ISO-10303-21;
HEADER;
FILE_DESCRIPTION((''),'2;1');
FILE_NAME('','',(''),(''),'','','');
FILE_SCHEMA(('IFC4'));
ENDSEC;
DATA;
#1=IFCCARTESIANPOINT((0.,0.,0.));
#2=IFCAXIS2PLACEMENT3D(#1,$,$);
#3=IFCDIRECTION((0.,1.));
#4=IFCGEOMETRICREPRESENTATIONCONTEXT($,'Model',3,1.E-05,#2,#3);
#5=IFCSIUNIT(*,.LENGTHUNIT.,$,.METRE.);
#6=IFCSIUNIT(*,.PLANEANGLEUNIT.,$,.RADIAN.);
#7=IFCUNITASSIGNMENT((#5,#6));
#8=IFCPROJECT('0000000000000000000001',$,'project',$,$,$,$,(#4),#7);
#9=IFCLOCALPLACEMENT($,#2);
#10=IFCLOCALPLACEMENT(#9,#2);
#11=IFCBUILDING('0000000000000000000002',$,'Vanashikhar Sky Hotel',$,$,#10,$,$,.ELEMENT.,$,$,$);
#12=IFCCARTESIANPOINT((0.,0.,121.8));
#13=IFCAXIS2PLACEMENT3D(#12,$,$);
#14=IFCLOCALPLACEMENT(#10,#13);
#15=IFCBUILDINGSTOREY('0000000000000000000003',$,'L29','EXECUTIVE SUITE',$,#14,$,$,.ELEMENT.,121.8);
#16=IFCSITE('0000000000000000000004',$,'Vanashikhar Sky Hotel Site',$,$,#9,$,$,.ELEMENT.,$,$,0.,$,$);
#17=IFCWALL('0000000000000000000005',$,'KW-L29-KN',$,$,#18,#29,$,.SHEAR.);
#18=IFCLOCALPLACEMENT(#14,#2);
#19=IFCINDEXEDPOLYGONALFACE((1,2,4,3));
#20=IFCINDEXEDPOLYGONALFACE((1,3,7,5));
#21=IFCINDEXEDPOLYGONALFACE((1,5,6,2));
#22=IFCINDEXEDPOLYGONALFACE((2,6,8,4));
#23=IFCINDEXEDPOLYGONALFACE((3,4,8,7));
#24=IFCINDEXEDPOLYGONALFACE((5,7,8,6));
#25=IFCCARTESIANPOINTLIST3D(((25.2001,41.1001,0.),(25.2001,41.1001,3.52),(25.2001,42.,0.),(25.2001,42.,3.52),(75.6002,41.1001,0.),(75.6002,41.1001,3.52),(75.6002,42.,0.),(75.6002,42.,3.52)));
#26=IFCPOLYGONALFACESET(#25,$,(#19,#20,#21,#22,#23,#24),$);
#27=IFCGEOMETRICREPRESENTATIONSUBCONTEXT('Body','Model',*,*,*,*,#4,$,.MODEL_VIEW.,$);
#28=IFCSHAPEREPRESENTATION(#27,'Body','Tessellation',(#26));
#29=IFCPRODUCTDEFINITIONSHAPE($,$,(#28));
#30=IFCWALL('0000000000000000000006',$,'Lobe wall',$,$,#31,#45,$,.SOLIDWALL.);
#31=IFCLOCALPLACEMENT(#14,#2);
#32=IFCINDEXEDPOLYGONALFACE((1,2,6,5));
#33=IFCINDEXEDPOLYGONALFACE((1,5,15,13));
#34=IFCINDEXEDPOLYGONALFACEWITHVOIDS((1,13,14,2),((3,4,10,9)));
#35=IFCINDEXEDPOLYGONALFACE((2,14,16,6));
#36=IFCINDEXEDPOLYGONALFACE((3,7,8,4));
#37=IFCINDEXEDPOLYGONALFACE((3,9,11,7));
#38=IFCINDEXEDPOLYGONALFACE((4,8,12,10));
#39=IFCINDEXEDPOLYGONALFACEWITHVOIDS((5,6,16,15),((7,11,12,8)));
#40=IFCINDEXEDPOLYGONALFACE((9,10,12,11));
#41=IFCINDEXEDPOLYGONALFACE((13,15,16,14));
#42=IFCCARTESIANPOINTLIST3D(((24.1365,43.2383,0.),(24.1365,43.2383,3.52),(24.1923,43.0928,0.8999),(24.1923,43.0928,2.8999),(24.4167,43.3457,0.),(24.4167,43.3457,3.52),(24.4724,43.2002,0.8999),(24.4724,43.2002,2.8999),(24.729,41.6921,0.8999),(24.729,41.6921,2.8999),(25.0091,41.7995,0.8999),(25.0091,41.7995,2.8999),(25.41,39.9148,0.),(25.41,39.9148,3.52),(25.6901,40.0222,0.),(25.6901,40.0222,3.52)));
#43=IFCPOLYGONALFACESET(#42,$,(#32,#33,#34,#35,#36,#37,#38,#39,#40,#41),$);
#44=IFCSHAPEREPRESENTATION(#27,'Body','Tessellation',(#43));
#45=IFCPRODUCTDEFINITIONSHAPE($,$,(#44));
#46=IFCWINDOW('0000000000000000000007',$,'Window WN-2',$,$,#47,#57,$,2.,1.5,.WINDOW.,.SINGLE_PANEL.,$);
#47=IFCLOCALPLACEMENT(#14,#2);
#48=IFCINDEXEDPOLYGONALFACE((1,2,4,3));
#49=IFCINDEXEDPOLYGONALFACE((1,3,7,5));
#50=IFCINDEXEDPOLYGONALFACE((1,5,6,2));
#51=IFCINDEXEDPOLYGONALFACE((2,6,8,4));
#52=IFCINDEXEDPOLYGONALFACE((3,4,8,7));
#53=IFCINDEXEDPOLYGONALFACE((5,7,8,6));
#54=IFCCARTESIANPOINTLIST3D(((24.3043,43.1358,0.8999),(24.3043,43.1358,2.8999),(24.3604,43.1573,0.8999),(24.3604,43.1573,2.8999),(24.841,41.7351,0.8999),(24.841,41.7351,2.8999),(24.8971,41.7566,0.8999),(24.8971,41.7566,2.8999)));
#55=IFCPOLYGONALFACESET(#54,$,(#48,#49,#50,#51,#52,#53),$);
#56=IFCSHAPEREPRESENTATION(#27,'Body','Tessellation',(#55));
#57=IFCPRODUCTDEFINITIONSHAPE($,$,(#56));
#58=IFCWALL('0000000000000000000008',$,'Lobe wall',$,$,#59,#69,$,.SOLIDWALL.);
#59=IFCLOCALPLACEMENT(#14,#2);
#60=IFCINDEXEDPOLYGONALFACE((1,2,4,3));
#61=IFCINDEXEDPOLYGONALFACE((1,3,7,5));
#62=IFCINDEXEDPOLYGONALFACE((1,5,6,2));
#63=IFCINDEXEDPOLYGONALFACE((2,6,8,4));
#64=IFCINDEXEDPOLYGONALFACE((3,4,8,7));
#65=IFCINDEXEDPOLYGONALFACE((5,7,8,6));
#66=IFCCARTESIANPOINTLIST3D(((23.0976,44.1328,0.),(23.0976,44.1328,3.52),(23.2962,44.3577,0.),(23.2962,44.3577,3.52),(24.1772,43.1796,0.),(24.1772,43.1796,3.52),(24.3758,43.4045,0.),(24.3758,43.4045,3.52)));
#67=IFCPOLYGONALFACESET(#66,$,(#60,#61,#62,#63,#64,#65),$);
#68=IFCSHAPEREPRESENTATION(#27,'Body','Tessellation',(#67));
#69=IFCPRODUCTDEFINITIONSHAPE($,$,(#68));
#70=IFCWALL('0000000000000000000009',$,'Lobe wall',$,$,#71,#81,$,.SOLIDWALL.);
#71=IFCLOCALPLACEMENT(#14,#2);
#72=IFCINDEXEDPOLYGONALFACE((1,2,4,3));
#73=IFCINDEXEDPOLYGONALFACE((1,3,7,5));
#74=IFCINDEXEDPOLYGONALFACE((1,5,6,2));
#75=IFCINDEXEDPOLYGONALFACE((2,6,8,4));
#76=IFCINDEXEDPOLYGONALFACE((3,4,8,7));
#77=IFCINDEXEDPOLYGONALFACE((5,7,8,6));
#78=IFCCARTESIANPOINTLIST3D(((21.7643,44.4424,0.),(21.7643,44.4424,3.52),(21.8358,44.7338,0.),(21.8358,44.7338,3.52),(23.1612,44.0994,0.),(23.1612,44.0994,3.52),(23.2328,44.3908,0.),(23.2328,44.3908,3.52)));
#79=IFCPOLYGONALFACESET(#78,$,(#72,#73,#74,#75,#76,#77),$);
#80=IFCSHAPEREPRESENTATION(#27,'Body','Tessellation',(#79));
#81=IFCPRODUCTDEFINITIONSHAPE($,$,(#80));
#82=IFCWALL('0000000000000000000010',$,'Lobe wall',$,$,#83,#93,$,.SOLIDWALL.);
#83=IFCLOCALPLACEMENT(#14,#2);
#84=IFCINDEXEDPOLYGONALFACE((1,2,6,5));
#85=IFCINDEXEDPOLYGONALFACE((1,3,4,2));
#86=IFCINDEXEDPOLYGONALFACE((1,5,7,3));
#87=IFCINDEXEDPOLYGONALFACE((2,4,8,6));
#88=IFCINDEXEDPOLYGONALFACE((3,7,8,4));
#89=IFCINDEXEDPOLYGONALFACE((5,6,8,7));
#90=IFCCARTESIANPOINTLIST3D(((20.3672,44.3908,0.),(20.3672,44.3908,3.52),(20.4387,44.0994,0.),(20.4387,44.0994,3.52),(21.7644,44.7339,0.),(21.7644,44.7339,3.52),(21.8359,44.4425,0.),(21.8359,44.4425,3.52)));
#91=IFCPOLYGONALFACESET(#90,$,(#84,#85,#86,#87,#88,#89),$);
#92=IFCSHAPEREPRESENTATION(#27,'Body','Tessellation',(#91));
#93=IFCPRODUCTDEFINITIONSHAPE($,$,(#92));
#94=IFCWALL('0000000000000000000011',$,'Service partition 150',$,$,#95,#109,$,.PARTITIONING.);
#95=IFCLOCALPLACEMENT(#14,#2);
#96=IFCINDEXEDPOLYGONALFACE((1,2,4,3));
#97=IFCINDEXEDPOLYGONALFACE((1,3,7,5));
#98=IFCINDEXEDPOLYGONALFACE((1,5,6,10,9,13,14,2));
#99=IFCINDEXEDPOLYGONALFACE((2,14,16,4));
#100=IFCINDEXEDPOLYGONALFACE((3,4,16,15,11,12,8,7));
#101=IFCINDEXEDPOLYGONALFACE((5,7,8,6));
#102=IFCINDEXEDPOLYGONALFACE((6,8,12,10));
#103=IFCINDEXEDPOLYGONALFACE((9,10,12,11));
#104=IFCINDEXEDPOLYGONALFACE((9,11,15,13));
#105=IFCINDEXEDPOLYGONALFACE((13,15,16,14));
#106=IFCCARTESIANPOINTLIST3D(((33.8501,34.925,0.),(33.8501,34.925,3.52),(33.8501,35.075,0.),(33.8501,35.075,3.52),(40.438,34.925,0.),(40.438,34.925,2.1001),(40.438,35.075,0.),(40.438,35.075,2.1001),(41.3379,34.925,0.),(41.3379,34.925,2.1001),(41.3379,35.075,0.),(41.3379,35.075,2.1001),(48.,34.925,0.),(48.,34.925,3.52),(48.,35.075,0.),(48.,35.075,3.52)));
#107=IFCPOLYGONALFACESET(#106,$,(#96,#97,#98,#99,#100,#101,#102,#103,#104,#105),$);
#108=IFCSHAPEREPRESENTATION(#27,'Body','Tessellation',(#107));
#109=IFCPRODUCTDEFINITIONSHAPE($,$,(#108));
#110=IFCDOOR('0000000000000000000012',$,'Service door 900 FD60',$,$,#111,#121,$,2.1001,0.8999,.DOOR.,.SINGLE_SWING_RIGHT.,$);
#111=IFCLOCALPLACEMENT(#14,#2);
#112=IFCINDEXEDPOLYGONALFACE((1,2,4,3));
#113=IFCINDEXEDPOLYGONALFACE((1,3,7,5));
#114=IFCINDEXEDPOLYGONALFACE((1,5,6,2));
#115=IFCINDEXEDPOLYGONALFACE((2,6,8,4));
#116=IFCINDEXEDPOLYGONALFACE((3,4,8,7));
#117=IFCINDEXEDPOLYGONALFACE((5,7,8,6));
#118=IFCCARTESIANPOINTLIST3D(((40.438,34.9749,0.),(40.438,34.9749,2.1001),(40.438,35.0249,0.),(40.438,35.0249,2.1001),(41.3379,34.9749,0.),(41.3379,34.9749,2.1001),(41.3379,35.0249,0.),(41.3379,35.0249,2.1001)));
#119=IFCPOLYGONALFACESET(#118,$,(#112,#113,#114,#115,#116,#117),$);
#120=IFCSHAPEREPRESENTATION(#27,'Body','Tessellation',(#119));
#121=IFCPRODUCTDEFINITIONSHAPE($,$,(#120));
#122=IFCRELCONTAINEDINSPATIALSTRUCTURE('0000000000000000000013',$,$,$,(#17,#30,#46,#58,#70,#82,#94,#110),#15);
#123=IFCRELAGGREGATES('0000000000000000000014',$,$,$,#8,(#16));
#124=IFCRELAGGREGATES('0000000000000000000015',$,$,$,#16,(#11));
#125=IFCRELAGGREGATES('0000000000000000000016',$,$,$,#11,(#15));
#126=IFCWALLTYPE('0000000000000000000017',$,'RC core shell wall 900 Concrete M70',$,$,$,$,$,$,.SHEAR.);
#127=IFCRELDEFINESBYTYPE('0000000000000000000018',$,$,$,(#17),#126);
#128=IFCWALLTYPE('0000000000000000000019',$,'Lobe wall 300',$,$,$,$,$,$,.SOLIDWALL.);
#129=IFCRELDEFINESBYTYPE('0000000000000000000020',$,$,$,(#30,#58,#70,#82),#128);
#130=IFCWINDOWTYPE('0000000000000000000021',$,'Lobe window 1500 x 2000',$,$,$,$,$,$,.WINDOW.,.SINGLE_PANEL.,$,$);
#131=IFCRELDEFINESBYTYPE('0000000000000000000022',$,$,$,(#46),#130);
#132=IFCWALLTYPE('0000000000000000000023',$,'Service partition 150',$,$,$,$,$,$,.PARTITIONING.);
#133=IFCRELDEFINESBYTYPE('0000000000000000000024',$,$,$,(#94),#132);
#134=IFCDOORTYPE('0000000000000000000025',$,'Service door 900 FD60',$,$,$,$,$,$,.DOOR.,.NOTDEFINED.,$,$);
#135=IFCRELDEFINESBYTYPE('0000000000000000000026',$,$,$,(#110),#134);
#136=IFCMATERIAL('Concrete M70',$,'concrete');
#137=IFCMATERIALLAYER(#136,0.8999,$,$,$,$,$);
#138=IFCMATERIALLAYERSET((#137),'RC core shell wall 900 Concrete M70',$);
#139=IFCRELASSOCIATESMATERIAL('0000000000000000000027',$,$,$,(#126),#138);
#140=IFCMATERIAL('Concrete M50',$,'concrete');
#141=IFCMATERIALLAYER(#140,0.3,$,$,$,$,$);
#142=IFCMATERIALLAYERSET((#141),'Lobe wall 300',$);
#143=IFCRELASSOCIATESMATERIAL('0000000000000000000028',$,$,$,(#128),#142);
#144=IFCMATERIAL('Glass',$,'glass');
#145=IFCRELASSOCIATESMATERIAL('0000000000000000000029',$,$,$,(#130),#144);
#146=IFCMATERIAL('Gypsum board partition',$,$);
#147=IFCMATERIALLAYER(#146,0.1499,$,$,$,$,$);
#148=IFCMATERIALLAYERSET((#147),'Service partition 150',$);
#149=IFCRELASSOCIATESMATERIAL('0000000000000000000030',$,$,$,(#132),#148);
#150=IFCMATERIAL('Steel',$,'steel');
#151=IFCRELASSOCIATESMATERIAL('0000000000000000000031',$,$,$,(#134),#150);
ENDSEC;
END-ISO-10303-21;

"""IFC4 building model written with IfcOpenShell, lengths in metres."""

from ifc_helpers import new_model, si_unit, direction, frame, frame_2d, origin, place, context, subcontext, project, spatial, rectangle, extrude, source, transform, mapped, material, layer, layer_set, type_object, element, fill, save


model = new_model("IFC4")

# Units and contexts
model_context = context("Model", 3, precision=1e-05, world=origin(), true_north=direction((0.0, 1.0)))
body_context = subcontext(model_context, "Body", "Model", "MODEL_VIEW")
ifc_project = project(units=[si_unit("LENGTHUNIT", "METRE"), si_unit("PLANEANGLEUNIT", "RADIAN")], contexts=[model_context])

# Site, building, storey
site_placement = place(None, origin())
site = spatial("IfcSite", under=ifc_project, at=site_placement, Name="Vanashikhar Sky Hotel Site", CompositionType="ELEMENT", RefElevation=0.0)
building_placement = place(site_placement, origin())
building = spatial("IfcBuilding", under=site, at=building_placement, Name="Vanashikhar Sky Hotel", CompositionType="ELEMENT")
storey_placement = place(building_placement, frame((0.0, 0.0, 121.8)))
storey = spatial("IfcBuildingStorey", under=building, at=storey_placement, Name="L29", Description="EXECUTIVE SUITE", CompositionType="ELEMENT", Elevation=121.8)

# Wall
ifc_material_1 = material(Name="Concrete M70", Category="concrete")
ifc_layer_1 = layer(ifc_material_1, 0.8999)
ifc_layer_set_1 = layer_set([ifc_layer_1], Name="RC core shell wall 900 Concrete M70")
wall_type_1 = type_object("IfcWallType", Name="RC core shell wall 900 Concrete M70", PredefinedType="SHEAR", material=ifc_layer_set_1)
shared_shape_1 = source(origin(), body_context, "Body", "SweptSolid", [
    extrude(rectangle(XDim=50.4001, YDim=0.8999, at=frame_2d((25.2002, 0.0))), origin(), (0.0, 0.0, 1.0), 3.52),
])
wall_1_placement = place(storey_placement, frame((25.2, 41.55, 0.0), z_axis=(0.0, 0.0, 1.0), x_axis=(1.0, 0.0, 0.0)))
element("IfcWall", 1, at=wall_1_placement, inside=storey, type_object=wall_type_1, Name="KW-L29-KN", PredefinedType="SHEAR", context=body_context, shape_type="MappedRepresentation", body=[
    mapped(shared_shape_1, transform((0.0, 0.0, 0.0), scale=1.0)),
])

# Wall, opening, window
ifc_material_2 = material(Name="Concrete M50", Category="concrete")
ifc_layer_2 = layer(ifc_material_2, 0.3)
ifc_layer_set_2 = layer_set([ifc_layer_2], Name="Lobe wall 300")
wall_type_2 = type_object("IfcWallType", Name="Lobe wall 300", PredefinedType="SOLIDWALL", material=ifc_layer_set_2)
shared_shape_2 = source(origin(), body_context, "Body", "SweptSolid", [
    extrude(rectangle(XDim=3.5591, YDim=0.3, at=frame_2d((1.7795, 0.0))), origin(), (0.0, 0.0, 1.0), 3.52),
])
wall_2_placement = place(storey_placement, frame((25.55, 39.9685, 0.0), z_axis=(0.0, 0.0, 1.0), x_axis=(-0.357797, 0.933799, 0.0)))
wall_2 = element("IfcWall", 2, at=wall_2_placement, inside=storey, type_object=wall_type_2, Name="Lobe wall", PredefinedType="SOLIDWALL", context=body_context, shape_type="MappedRepresentation", body=[
    mapped(shared_shape_2, transform((0.0, 0.0, 0.0), scale=1.0)),
])
shared_shape_3 = source(origin(), body_context, "Body", "SweptSolid", [
    extrude(rectangle(XDim=1.5, YDim=2.0, at=frame_2d((0.75, 1.0))), frame((0.0, 0.1602, 0.0), z_axis=(0.0, -1.0, 0.0), x_axis=(1.0, 0.0, 0.0)), (0.0, 0.0, 1.0), 0.3201),
])
opening_1_placement = place(wall_2_placement, frame((1.9033, 0.0, 0.8999)))
opening_1 = element("IfcOpeningElement", 3, at=opening_1_placement, cuts=wall_2, PredefinedType="OPENING", context=body_context, shape_type="MappedRepresentation", body=[
    mapped(shared_shape_3, transform((0.0, 0.0, 0.0), scale=1.0)),
])
ifc_material_3 = material(Name="Glass", Category="glass")
window_type = type_object("IfcWindowType", Name="Lobe window 1500 x 2000", PartitioningType="SINGLE_PANEL", PredefinedType="WINDOW", material=ifc_material_3)
shared_shape_4 = source(origin(), body_context, "Body", "SweptSolid", [
    extrude(rectangle(XDim=1.5, YDim=2.0, at=frame_2d((0.75, 1.0))), frame((0.0, 0.03, 0.0), z_axis=(0.0, -1.0, 0.0), x_axis=(1.0, 0.0, 0.0)), (0.0, 0.0, 1.0), 0.0601),
])
window_placement = place(opening_1_placement, origin())
window = element("IfcWindow", 4, at=window_placement, inside=storey, type_object=window_type, Name="Window WN-2", OverallHeight=2.0, OverallWidth=1.5, PartitioningType="SINGLE_PANEL", PredefinedType="WINDOW", context=body_context, shape_type="MappedRepresentation", body=[
    mapped(shared_shape_4, transform((0.0, 0.0, 0.0), scale=1.0)),
])
fill(opening_1, window)

# Walls
shared_shape_5 = source(origin(), body_context, "Body", "SweptSolid", [
    extrude(rectangle(XDim=1.4402, YDim=0.3, at=frame_2d((0.7202, 0.0))), origin(), (0.0, 0.0, 1.0), 3.52),
])
wall_3_placement = place(storey_placement, frame((24.2766, 43.292, 0.0), z_axis=(0.0, 0.0, 1.0), x_axis=(-0.74965, 0.661835, 0.0)))
element("IfcWall", 5, at=wall_3_placement, inside=storey, type_object=wall_type_2, Name="Lobe wall", PredefinedType="SOLIDWALL", context=body_context, shape_type="MappedRepresentation", body=[
    mapped(shared_shape_5, transform((0.0, 0.0, 0.0), scale=1.0)),
])
shared_shape_6 = source(origin(), body_context, "Body", "SweptSolid", [
    extrude(rectangle(XDim=1.4385, YDim=0.3, at=frame_2d((0.7192, 0.0))), origin(), (0.0, 0.0, 1.0), 3.52),
])
wall_4_placement = place(storey_placement, frame((23.197, 44.2451, 0.0), z_axis=(0.0, 0.0, 1.0), x_axis=(-0.971152, 0.23846, 0.0)))
element("IfcWall", 6, at=wall_4_placement, inside=storey, type_object=wall_type_2, Name="Lobe wall", PredefinedType="SOLIDWALL", context=body_context, shape_type="MappedRepresentation", body=[
    mapped(shared_shape_6, transform((0.0, 0.0, 0.0), scale=1.0)),
])
shared_shape_7 = source(origin(), body_context, "Body", "SweptSolid", [
    extrude(rectangle(XDim=1.4387, YDim=0.3, at=frame_2d((0.7192, 0.0))), origin(), (0.0, 0.0, 1.0), 3.52),
])
wall_5_placement = place(storey_placement, frame((21.8, 44.5881, 0.0), z_axis=(0.0, 0.0, 1.0), x_axis=(-0.971162, -0.238421, 0.0)))
element("IfcWall", 7, at=wall_5_placement, inside=storey, type_object=wall_type_2, Name="Lobe wall", PredefinedType="SOLIDWALL", context=body_context, shape_type="MappedRepresentation", body=[
    mapped(shared_shape_7, transform((0.0, 0.0, 0.0), scale=1.0)),
])

# Wall, opening, door
ifc_material_4 = material(Name="Gypsum board partition")
ifc_layer_3 = layer(ifc_material_4, 0.1499)
ifc_layer_set_3 = layer_set([ifc_layer_3], Name="Service partition 150")
wall_type_3 = type_object("IfcWallType", Name="Service partition 150", PredefinedType="PARTITIONING", material=ifc_layer_set_3)
shared_shape_8 = source(origin(), body_context, "Body", "SweptSolid", [
    extrude(rectangle(XDim=14.1499, YDim=0.1499, at=frame_2d((7.075, 0.0))), origin(), (0.0, 0.0, 1.0), 3.52),
])
wall_6_placement = place(storey_placement, frame((33.8501, 35.0, 0.0), z_axis=(0.0, 0.0, 1.0), x_axis=(1.0, 0.0, 0.0)))
wall_6 = element("IfcWall", 8, at=wall_6_placement, inside=storey, type_object=wall_type_3, Name="Service partition 150", PredefinedType="PARTITIONING", context=body_context, shape_type="MappedRepresentation", body=[
    mapped(shared_shape_8, transform((0.0, 0.0, 0.0), scale=1.0)),
])
shared_shape_9 = source(origin(), body_context, "Body", "SweptSolid", [
    extrude(rectangle(XDim=0.8999, YDim=2.1001, at=frame_2d((0.45, 1.05))), frame((0.0, 0.085, 0.0), z_axis=(0.0, -1.0, 0.0), x_axis=(1.0, 0.0, 0.0)), (0.0, 0.0, 1.0), 0.1699),
])
opening_2_placement = place(wall_6_placement, frame((6.5879, 0.0, 0.0)))
opening_2 = element("IfcOpeningElement", 9, at=opening_2_placement, cuts=wall_6, PredefinedType="OPENING", context=body_context, shape_type="MappedRepresentation", body=[
    mapped(shared_shape_9, transform((0.0, 0.0, 0.0), scale=1.0)),
])
ifc_material_5 = material(Name="Steel", Category="steel")
door_type_1 = type_object("IfcDoorType", Name="Service door 900 FD60", OperationType="NOTDEFINED", PredefinedType="DOOR", material=ifc_material_5)
shared_shape_10 = source(origin(), body_context, "Body", "SweptSolid", [
    extrude(rectangle(XDim=0.8999, YDim=2.1001, at=frame_2d((0.45, 1.05))), frame((0.0, 0.0249, 0.0), z_axis=(0.0, -1.0, 0.0), x_axis=(1.0, 0.0, 0.0)), (0.0, 0.0, 1.0), 0.05),
])
door_1_placement = place(opening_2_placement, origin())
door_1 = element("IfcDoor", 10, at=door_1_placement, inside=storey, type_object=door_type_1, Name="Service door 900 FD60", OperationType="SINGLE_SWING_RIGHT", OverallHeight=2.1001, OverallWidth=0.8999, PredefinedType="DOOR", context=body_context, shape_type="MappedRepresentation", body=[
    mapped(shared_shape_10, transform((0.0, 0.0, 0.0), scale=1.0)),
])
fill(opening_2, door_1)

save(model, "model.ifc")
